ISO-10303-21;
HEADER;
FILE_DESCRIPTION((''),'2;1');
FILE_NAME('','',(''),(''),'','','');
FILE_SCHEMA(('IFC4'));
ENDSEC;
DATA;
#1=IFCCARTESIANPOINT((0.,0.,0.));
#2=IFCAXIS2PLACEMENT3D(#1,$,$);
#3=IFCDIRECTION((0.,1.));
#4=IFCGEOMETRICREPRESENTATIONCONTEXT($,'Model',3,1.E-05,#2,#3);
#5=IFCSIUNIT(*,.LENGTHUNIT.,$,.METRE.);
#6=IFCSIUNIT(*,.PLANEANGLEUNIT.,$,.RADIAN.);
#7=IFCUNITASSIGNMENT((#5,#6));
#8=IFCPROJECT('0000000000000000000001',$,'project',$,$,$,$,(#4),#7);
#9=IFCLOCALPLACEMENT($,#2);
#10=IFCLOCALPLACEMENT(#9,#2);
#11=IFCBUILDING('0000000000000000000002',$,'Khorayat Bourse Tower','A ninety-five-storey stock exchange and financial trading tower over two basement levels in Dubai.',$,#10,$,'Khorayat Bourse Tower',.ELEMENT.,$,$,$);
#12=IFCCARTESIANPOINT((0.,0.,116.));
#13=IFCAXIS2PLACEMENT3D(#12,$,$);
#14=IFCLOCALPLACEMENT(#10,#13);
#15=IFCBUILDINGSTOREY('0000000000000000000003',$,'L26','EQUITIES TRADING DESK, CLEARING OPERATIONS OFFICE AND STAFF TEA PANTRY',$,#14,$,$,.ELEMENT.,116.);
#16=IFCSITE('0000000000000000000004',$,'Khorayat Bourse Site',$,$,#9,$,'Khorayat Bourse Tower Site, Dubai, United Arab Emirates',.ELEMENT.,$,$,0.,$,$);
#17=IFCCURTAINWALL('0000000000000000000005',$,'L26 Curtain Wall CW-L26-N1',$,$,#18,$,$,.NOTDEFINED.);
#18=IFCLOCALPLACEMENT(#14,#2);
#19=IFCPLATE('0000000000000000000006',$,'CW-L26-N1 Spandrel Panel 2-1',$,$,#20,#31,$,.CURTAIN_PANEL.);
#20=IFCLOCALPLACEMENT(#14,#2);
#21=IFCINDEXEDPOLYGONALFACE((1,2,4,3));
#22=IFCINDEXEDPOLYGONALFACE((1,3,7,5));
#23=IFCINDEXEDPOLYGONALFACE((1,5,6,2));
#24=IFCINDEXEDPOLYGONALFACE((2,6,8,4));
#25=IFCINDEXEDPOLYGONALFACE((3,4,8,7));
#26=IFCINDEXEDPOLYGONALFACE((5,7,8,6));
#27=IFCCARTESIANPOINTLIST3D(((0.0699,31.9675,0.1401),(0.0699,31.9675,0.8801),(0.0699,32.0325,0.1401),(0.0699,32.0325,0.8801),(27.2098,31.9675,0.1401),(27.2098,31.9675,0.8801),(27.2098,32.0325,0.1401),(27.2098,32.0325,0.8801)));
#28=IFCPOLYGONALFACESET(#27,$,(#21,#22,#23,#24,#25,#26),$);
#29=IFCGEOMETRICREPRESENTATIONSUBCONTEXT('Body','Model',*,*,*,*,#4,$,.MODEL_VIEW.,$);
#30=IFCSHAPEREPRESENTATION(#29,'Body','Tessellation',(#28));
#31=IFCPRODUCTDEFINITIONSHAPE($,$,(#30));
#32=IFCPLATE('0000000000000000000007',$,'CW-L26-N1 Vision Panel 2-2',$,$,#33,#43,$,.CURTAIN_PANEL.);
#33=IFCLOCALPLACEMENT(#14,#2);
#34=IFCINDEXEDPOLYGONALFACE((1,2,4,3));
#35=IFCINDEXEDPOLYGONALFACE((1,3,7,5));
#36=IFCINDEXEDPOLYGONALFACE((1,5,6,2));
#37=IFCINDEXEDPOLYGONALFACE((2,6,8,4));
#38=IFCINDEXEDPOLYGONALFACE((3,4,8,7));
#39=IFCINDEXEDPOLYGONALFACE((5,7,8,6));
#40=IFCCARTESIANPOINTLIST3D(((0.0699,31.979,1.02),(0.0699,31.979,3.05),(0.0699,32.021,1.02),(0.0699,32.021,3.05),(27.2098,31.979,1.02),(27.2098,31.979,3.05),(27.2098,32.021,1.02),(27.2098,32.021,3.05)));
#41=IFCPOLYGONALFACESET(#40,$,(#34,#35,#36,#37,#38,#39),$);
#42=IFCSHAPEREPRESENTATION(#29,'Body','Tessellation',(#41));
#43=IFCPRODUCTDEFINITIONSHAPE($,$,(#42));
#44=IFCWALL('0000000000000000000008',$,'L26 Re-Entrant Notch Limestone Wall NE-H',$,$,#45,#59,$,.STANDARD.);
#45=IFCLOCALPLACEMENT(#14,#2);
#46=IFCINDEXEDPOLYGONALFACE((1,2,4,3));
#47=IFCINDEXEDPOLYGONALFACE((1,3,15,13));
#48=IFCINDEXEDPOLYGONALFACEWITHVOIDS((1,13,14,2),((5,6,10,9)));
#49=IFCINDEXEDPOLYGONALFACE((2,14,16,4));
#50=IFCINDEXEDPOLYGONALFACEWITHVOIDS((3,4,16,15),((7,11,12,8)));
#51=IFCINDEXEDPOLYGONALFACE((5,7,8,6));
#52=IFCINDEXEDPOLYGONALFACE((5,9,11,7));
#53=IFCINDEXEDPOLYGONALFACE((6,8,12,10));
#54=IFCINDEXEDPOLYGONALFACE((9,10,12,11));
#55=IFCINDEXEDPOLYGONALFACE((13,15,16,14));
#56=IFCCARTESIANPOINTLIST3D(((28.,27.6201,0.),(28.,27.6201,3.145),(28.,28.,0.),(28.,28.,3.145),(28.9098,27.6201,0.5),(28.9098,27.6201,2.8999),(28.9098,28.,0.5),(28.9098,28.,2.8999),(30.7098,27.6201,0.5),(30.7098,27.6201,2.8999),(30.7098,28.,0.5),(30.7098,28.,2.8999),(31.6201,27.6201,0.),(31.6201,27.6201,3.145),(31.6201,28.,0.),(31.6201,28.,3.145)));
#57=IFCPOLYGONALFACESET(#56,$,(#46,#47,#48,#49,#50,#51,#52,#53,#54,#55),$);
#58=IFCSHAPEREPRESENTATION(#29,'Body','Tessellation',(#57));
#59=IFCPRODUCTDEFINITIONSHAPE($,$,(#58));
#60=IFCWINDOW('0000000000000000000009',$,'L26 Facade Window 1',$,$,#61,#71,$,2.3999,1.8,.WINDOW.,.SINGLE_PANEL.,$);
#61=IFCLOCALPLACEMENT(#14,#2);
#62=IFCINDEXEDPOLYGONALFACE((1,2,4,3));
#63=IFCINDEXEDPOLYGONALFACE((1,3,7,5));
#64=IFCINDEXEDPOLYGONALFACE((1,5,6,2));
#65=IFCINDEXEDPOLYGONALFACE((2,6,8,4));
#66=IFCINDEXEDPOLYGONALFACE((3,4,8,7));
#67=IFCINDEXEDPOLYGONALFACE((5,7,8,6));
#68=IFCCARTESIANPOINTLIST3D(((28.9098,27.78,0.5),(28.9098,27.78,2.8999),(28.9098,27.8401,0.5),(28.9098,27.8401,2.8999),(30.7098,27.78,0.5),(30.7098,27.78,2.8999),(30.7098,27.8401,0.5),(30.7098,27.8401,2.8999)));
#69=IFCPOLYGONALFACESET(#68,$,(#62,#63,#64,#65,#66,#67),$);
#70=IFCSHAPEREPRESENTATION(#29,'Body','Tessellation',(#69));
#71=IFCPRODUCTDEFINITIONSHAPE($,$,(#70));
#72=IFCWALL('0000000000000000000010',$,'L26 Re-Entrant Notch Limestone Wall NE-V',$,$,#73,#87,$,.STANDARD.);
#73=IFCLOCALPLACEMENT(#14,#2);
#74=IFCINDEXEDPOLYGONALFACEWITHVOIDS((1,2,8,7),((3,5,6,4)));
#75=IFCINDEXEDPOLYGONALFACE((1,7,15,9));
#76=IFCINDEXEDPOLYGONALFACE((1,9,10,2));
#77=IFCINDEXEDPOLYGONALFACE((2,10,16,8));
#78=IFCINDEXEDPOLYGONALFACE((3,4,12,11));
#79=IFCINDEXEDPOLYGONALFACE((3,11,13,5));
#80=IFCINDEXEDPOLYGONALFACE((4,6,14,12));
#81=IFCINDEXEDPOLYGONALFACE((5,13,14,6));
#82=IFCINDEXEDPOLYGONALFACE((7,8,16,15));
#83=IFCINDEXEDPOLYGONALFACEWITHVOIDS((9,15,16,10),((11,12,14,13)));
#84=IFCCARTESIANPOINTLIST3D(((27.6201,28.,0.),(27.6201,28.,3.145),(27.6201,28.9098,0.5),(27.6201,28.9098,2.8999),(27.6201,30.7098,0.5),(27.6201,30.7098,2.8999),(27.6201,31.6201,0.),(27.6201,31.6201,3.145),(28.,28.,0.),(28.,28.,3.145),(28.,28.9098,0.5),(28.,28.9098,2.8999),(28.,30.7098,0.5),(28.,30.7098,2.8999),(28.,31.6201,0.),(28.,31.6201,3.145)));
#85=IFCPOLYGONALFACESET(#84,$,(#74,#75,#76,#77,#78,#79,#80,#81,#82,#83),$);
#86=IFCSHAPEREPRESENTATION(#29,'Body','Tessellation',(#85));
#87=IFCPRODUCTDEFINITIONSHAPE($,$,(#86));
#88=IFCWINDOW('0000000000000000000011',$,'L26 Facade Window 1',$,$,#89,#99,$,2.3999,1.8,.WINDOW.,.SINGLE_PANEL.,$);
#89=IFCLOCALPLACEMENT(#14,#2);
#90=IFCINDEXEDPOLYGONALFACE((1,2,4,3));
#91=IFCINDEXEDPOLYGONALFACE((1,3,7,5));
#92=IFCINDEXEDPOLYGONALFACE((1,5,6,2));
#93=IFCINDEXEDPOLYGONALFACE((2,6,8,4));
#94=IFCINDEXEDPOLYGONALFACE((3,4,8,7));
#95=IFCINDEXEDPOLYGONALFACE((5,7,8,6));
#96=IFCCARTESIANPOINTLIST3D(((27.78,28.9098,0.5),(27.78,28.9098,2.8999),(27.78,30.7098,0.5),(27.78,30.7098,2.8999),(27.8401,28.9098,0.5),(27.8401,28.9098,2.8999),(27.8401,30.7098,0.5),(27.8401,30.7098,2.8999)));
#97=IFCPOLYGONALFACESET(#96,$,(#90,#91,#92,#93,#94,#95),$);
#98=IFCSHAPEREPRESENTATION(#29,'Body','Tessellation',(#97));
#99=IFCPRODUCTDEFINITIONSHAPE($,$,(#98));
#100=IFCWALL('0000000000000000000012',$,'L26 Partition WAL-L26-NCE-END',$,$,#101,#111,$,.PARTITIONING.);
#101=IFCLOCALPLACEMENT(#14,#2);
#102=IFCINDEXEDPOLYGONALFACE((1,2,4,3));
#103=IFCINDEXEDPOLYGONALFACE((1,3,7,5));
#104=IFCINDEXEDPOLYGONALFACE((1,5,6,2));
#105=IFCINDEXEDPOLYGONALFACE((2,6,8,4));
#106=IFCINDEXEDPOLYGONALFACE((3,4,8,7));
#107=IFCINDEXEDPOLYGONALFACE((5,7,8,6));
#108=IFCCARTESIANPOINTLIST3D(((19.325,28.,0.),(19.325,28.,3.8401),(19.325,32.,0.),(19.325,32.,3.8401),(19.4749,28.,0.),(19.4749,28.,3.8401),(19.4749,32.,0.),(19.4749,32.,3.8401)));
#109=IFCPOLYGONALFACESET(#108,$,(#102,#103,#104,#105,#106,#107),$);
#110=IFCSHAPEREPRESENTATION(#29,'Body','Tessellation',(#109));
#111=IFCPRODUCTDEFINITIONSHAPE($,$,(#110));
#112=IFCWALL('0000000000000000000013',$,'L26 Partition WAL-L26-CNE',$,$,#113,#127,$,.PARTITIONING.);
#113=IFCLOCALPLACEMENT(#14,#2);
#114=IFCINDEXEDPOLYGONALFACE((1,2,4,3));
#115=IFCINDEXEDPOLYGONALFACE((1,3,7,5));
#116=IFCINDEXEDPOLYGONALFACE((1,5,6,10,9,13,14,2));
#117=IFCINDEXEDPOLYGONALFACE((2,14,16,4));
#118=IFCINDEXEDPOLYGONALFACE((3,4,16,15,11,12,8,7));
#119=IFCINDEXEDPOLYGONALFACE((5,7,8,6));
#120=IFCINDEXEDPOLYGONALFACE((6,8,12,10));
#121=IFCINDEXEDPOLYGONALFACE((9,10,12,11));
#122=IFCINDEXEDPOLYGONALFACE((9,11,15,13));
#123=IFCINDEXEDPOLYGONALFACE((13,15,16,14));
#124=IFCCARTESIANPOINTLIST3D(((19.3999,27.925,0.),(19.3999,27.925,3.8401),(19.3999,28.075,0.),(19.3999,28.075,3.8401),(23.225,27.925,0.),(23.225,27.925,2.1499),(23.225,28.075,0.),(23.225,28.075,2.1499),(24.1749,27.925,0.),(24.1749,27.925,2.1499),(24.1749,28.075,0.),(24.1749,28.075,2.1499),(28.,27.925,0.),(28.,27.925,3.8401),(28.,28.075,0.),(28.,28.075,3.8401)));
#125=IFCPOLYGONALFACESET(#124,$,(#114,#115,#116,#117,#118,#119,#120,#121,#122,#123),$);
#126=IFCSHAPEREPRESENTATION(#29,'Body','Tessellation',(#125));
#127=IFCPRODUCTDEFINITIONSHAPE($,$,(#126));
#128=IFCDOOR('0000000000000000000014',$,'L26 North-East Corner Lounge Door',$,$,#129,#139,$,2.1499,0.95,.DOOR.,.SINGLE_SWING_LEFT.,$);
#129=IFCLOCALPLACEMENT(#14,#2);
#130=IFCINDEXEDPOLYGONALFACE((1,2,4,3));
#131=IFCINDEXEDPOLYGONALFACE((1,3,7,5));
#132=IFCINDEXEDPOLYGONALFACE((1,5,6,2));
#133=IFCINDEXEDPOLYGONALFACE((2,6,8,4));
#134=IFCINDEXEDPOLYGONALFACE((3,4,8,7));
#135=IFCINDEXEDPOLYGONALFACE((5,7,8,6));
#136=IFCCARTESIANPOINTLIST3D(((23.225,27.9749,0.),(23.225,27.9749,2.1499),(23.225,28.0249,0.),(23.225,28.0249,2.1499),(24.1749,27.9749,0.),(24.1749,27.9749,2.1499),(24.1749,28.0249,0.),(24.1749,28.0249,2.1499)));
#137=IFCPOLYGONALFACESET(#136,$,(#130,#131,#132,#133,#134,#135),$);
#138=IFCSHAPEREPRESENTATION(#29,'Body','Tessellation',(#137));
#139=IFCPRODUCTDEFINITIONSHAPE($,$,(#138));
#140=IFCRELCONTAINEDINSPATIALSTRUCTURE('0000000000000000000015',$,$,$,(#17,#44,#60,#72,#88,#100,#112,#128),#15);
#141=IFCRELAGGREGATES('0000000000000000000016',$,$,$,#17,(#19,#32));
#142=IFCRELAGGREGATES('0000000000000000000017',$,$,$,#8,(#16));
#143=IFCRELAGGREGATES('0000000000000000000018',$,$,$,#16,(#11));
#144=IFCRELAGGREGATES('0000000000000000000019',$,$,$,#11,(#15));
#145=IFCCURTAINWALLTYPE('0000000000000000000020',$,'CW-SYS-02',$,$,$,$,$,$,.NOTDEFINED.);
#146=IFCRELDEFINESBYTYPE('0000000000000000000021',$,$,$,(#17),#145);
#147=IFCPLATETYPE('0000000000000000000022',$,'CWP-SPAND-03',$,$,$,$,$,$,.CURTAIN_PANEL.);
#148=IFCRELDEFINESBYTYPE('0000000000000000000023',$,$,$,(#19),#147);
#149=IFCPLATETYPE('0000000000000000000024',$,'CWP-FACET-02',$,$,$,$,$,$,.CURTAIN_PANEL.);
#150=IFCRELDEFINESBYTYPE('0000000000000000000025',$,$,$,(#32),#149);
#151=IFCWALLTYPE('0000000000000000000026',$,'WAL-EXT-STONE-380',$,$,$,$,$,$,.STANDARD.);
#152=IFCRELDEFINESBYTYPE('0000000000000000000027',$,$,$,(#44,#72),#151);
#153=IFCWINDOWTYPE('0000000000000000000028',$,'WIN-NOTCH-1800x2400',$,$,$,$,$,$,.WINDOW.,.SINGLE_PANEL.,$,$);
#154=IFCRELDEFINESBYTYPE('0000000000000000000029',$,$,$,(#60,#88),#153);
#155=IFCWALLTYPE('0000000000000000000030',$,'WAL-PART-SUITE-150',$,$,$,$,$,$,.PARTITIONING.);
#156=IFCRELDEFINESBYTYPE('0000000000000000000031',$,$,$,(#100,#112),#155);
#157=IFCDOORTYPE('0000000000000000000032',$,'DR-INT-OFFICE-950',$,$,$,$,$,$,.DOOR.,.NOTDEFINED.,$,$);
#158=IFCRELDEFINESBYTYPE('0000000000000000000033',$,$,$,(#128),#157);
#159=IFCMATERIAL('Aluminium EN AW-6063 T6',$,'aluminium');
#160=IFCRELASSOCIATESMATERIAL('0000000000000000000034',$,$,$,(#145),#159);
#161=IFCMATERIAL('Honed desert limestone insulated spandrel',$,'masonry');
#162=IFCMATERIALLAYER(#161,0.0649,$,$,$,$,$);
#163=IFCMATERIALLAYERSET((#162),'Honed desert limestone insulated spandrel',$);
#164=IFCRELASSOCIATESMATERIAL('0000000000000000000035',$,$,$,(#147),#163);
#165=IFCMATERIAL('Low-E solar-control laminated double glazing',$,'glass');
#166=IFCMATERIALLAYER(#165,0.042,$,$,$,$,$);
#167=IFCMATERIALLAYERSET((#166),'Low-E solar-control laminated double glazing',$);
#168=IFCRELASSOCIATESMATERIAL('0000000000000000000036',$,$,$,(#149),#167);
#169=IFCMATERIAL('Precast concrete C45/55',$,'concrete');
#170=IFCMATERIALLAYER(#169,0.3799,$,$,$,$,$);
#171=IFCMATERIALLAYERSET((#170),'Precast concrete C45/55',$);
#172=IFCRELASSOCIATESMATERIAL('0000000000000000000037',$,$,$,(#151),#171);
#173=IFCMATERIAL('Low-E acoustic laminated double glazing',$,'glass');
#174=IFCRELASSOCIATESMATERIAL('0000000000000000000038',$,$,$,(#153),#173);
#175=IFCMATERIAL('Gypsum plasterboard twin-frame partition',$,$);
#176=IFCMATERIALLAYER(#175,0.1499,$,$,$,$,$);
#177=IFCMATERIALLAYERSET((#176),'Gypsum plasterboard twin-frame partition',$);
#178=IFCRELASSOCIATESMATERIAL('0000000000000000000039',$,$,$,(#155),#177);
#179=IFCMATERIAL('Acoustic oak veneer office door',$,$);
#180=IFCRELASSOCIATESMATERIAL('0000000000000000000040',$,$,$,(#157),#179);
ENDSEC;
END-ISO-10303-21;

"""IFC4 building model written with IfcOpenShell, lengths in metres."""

from ifc_helpers import new_model, si_unit, direction, frame, frame_2d, origin, origin_2d, place, context, subcontext, project, spatial, rectangle, extrude, source, transform, mapped, material, layer, layer_set, type_object, element, fill, aggregate, save


model = new_model("IFC4")

# Units and contexts
model_context = context("Model", 3, precision=1e-05, world=origin(), true_north=direction((0.0, 1.0)))
body_context = subcontext(model_context, "Body", "Model", "MODEL_VIEW")
ifc_project = project(units=[si_unit("LENGTHUNIT", "METRE"), si_unit("PLANEANGLEUNIT", "RADIAN")], contexts=[model_context])

# Site, building, storey
site_placement = place(None, origin())
site = spatial("IfcSite", under=ifc_project, at=site_placement, Name="Khorayat Bourse Site", LongName="Khorayat Bourse Tower Site, Dubai, United Arab Emirates", CompositionType="ELEMENT", RefElevation=0.0)
building_placement = place(site_placement, origin())
building = spatial("IfcBuilding", under=site, at=building_placement, Name="Khorayat Bourse Tower", Description="A ninety-five-storey stock exchange and financial trading tower over two basement levels in Dubai.", LongName="Khorayat Bourse Tower", CompositionType="ELEMENT")
storey_placement = place(building_placement, frame((0.0, 0.0, 116.0)))
storey = spatial("IfcBuildingStorey", under=building, at=storey_placement, Name="L26", Description="EQUITIES TRADING DESK, CLEARING OPERATIONS OFFICE AND STAFF TEA PANTRY", CompositionType="ELEMENT", Elevation=116.0)

# Curtain wall
ifc_material_1 = material(Name="Aluminium EN AW-6063 T6", Category="aluminium")
curtain_wall_type = type_object("IfcCurtainWallType", Name="CW-SYS-02", PredefinedType="NOTDEFINED", material=ifc_material_1)
curtain_wall_1_placement = place(storey_placement, origin())
curtain_wall_1 = element("IfcCurtainWall", 1, at=curtain_wall_1_placement, inside=storey, type_object=curtain_wall_type, Name="L26 Curtain Wall CW-L26-N1", PredefinedType="NOTDEFINED")

# Plates
ifc_material_2 = material(Name="Honed desert limestone insulated spandrel", Category="masonry")
ifc_layer_1 = layer(ifc_material_2, 0.0649)
ifc_layer_set_1 = layer_set([ifc_layer_1], Name="Honed desert limestone insulated spandrel")
plate_type_1 = type_object("IfcPlateType", Name="CWP-SPAND-03", PredefinedType="CURTAIN_PANEL", material=ifc_layer_set_1)
shared_shape_1 = source(origin(), body_context, "Body", "SweptSolid", [
    extrude(rectangle(XDim=27.1399, YDim=0.0649, at=origin_2d()), origin(), (0.0, 0.0, 1.0), 0.74),
])
plate_1_placement = place(storey_placement, frame((13.6399, 32.0, 0.1401), z_axis=(0.0, 0.0, 1.0), x_axis=(1.0, 0.0, 0.0)))
plate_1 = element("IfcPlate", 2, at=plate_1_placement, type_object=plate_type_1, Name="CW-L26-N1 Spandrel Panel 2-1", PredefinedType="CURTAIN_PANEL", context=body_context, shape_type="MappedRepresentation", body=[
    mapped(shared_shape_1, transform((0.0, 0.0, 0.0), scale=1.0)),
])
ifc_material_3 = material(Name="Low-E solar-control laminated double glazing", Category="glass")
ifc_layer_2 = layer(ifc_material_3, 0.042)
ifc_layer_set_2 = layer_set([ifc_layer_2], Name="Low-E solar-control laminated double glazing")
plate_type_2 = type_object("IfcPlateType", Name="CWP-FACET-02", PredefinedType="CURTAIN_PANEL", material=ifc_layer_set_2)
shared_shape_2 = source(origin(), body_context, "Body", "SweptSolid", [
    extrude(rectangle(XDim=27.1399, YDim=0.042, at=origin_2d()), origin(), (0.0, 0.0, 1.0), 2.03),
])
plate_2_placement = place(storey_placement, frame((13.6399, 32.0, 1.02), z_axis=(0.0, 0.0, 1.0), x_axis=(1.0, 0.0, 0.0)))
plate_2 = element("IfcPlate", 3, at=plate_2_placement, type_object=plate_type_2, Name="CW-L26-N1 Vision Panel 2-2", PredefinedType="CURTAIN_PANEL", context=body_context, shape_type="MappedRepresentation", body=[
    mapped(shared_shape_2, transform((0.0, 0.0, 0.0), scale=1.0)),
])
aggregate(curtain_wall_1, [plate_1, plate_2])

# Walls, openings, windows
ifc_material_4 = material(Name="Precast concrete C45/55", Category="concrete")
ifc_layer_3 = layer(ifc_material_4, 0.3799)
ifc_layer_set_3 = layer_set([ifc_layer_3], Name="Precast concrete C45/55")
wall_type_1 = type_object("IfcWallType", Name="WAL-EXT-STONE-380", PredefinedType="STANDARD", material=ifc_layer_set_3)
shared_shape_3 = source(origin(), body_context, "Body", "SweptSolid", [
    extrude(rectangle(XDim=3.6201, YDim=0.3799, at=frame_2d((1.8101, 0.0))), origin(), (0.0, 0.0, 1.0), 3.145),
])
wall_1_placement = place(storey_placement, frame((28.0, 27.8101, 0.0), z_axis=(0.0, 0.0, 1.0), x_axis=(1.0, 0.0, 0.0)))
wall_1 = element("IfcWall", 4, at=wall_1_placement, inside=storey, type_object=wall_type_1, Name="L26 Re-Entrant Notch Limestone Wall NE-H", PredefinedType="STANDARD", context=body_context, shape_type="MappedRepresentation", body=[
    mapped(shared_shape_3, transform((0.0, 0.0, 0.0), scale=1.0)),
])
shared_shape_4 = source(origin(), body_context, "Body", "SweptSolid", [
    extrude(rectangle(XDim=1.8, YDim=2.3999, at=frame_2d((0.8999, 1.2))), frame((0.0, 0.2, 0.0), z_axis=(0.0, -1.0, 0.0), x_axis=(1.0, 0.0, 0.0)), (0.0, 0.0, 1.0), 0.3999),
])
opening_1_placement = place(wall_1_placement, frame((0.9099, 0.0, 0.5)))
opening_1 = element("IfcOpeningElement", 5, at=opening_1_placement, cuts=wall_1, PredefinedType="OPENING", context=body_context, shape_type="MappedRepresentation", body=[
    mapped(shared_shape_4, transform((0.0, 0.0, 0.0), scale=1.0)),
])
ifc_material_5 = material(Name="Low-E acoustic laminated double glazing", Category="glass")
window_type = type_object("IfcWindowType", Name="WIN-NOTCH-1800x2400", PartitioningType="SINGLE_PANEL", PredefinedType="WINDOW", material=ifc_material_5)
shared_shape_5 = source(origin(), body_context, "Body", "SweptSolid", [
    extrude(rectangle(XDim=1.8, YDim=2.3999, at=frame_2d((0.8999, 1.2))), frame((0.0, 0.03, 0.0), z_axis=(0.0, -1.0, 0.0), x_axis=(1.0, 0.0, 0.0)), (0.0, 0.0, 1.0), 0.0601),
])
window_1_placement = place(opening_1_placement, origin())
window_1 = element("IfcWindow", 6, at=window_1_placement, inside=storey, type_object=window_type, Name="L26 Facade Window 1", OverallHeight=2.3999, OverallWidth=1.8, PartitioningType="SINGLE_PANEL", PredefinedType="WINDOW", context=body_context, shape_type="MappedRepresentation", body=[
    mapped(shared_shape_5, transform((0.0, 0.0, 0.0), scale=1.0)),
])
fill(opening_1, window_1)
wall_2_placement = place(storey_placement, frame((27.8101, 28.0, 0.0), z_axis=(0.0, 0.0, 1.0), x_axis=(0.0, 1.0, 0.0)))
wall_2 = element("IfcWall", 7, at=wall_2_placement, inside=storey, type_object=wall_type_1, Name="L26 Re-Entrant Notch Limestone Wall NE-V", PredefinedType="STANDARD", context=body_context, shape_type="MappedRepresentation", body=[
    mapped(shared_shape_3, transform((0.0, 0.0, 0.0), scale=1.0)),
])
opening_2_placement = place(wall_2_placement, frame((0.9099, 0.0, 0.5)))
opening_2 = element("IfcOpeningElement", 8, at=opening_2_placement, cuts=wall_2, PredefinedType="OPENING", context=body_context, shape_type="MappedRepresentation", body=[
    mapped(shared_shape_4, transform((0.0, 0.0, 0.0), scale=1.0)),
])
window_2_placement = place(opening_2_placement, origin())
window_2 = element("IfcWindow", 9, at=window_2_placement, inside=storey, type_object=window_type, Name="L26 Facade Window 1", OverallHeight=2.3999, OverallWidth=1.8, PartitioningType="SINGLE_PANEL", PredefinedType="WINDOW", context=body_context, shape_type="MappedRepresentation", body=[
    mapped(shared_shape_5, transform((0.0, 0.0, 0.0), scale=1.0)),
])
fill(opening_2, window_2)

# Wall
ifc_material_6 = material(Name="Gypsum plasterboard twin-frame partition")
ifc_layer_4 = layer(ifc_material_6, 0.1499)
ifc_layer_set_4 = layer_set([ifc_layer_4], Name="Gypsum plasterboard twin-frame partition")
wall_type_2 = type_object("IfcWallType", Name="WAL-PART-SUITE-150", PredefinedType="PARTITIONING", material=ifc_layer_set_4)
shared_shape_6 = source(origin(), body_context, "Body", "SweptSolid", [
    extrude(rectangle(XDim=4.0, YDim=0.1499, at=frame_2d((2.0, 0.0))), origin(), (0.0, 0.0, 1.0), 3.8401),
])
wall_3_placement = place(storey_placement, frame((19.3999, 28.0, 0.0), z_axis=(0.0, 0.0, 1.0), x_axis=(0.0, 1.0, 0.0)))
element("IfcWall", 10, at=wall_3_placement, inside=storey, type_object=wall_type_2, Name="L26 Partition WAL-L26-NCE-END", PredefinedType="PARTITIONING", context=body_context, shape_type="MappedRepresentation", body=[
    mapped(shared_shape_6, transform((0.0, 0.0, 0.0), scale=1.0)),
])

# Wall, opening, door
shared_shape_7 = source(origin(), body_context, "Body", "SweptSolid", [
    extrude(rectangle(XDim=8.6001, YDim=0.1499, at=frame_2d((4.3, 0.0))), origin(), (0.0, 0.0, 1.0), 3.8401),
])
wall_4_placement = place(storey_placement, frame((19.3999, 28.0, 0.0), z_axis=(0.0, 0.0, 1.0), x_axis=(1.0, 0.0, 0.0)))
wall_4 = element("IfcWall", 11, at=wall_4_placement, inside=storey, type_object=wall_type_2, Name="L26 Partition WAL-L26-CNE", PredefinedType="PARTITIONING", context=body_context, shape_type="MappedRepresentation", body=[
    mapped(shared_shape_7, transform((0.0, 0.0, 0.0), scale=1.0)),
])
shared_shape_8 = source(origin(), body_context, "Body", "SweptSolid", [
    extrude(rectangle(XDim=0.95, YDim=2.1499, at=frame_2d((0.4751, 1.075))), frame((0.0, 0.085, 0.0), z_axis=(0.0, -1.0, 0.0), x_axis=(1.0, 0.0, 0.0)), (0.0, 0.0, 1.0), 0.1699),
])
opening_3_placement = place(wall_4_placement, frame((3.825, 0.0, 0.0)))
opening_3 = element("IfcOpeningElement", 12, at=opening_3_placement, cuts=wall_4, PredefinedType="OPENING", context=body_context, shape_type="MappedRepresentation", body=[
    mapped(shared_shape_8, transform((0.0, 0.0, 0.0), scale=1.0)),
])
ifc_material_7 = material(Name="Acoustic oak veneer office door")
door_type = type_object("IfcDoorType", Name="DR-INT-OFFICE-950", OperationType="NOTDEFINED", PredefinedType="DOOR", material=ifc_material_7)
shared_shape_9 = source(origin(), body_context, "Body", "SweptSolid", [
    extrude(rectangle(XDim=0.95, YDim=2.1499, at=frame_2d((0.4751, 1.075))), frame((0.0, 0.0249, 0.0), z_axis=(0.0, -1.0, 0.0), x_axis=(1.0, 0.0, 0.0)), (0.0, 0.0, 1.0), 0.05),
])
door_placement = place(opening_3_placement, origin())
door = element("IfcDoor", 13, at=door_placement, inside=storey, type_object=door_type, Name="L26 North-East Corner Lounge Door", OperationType="SINGLE_SWING_LEFT", OverallHeight=2.1499, OverallWidth=0.95, PredefinedType="DOOR", context=body_context, shape_type="MappedRepresentation", body=[
    mapped(shared_shape_9, transform((0.0, 0.0, 0.0), scale=1.0)),
])
fill(opening_3, door)

save(model, "model.ifc")
